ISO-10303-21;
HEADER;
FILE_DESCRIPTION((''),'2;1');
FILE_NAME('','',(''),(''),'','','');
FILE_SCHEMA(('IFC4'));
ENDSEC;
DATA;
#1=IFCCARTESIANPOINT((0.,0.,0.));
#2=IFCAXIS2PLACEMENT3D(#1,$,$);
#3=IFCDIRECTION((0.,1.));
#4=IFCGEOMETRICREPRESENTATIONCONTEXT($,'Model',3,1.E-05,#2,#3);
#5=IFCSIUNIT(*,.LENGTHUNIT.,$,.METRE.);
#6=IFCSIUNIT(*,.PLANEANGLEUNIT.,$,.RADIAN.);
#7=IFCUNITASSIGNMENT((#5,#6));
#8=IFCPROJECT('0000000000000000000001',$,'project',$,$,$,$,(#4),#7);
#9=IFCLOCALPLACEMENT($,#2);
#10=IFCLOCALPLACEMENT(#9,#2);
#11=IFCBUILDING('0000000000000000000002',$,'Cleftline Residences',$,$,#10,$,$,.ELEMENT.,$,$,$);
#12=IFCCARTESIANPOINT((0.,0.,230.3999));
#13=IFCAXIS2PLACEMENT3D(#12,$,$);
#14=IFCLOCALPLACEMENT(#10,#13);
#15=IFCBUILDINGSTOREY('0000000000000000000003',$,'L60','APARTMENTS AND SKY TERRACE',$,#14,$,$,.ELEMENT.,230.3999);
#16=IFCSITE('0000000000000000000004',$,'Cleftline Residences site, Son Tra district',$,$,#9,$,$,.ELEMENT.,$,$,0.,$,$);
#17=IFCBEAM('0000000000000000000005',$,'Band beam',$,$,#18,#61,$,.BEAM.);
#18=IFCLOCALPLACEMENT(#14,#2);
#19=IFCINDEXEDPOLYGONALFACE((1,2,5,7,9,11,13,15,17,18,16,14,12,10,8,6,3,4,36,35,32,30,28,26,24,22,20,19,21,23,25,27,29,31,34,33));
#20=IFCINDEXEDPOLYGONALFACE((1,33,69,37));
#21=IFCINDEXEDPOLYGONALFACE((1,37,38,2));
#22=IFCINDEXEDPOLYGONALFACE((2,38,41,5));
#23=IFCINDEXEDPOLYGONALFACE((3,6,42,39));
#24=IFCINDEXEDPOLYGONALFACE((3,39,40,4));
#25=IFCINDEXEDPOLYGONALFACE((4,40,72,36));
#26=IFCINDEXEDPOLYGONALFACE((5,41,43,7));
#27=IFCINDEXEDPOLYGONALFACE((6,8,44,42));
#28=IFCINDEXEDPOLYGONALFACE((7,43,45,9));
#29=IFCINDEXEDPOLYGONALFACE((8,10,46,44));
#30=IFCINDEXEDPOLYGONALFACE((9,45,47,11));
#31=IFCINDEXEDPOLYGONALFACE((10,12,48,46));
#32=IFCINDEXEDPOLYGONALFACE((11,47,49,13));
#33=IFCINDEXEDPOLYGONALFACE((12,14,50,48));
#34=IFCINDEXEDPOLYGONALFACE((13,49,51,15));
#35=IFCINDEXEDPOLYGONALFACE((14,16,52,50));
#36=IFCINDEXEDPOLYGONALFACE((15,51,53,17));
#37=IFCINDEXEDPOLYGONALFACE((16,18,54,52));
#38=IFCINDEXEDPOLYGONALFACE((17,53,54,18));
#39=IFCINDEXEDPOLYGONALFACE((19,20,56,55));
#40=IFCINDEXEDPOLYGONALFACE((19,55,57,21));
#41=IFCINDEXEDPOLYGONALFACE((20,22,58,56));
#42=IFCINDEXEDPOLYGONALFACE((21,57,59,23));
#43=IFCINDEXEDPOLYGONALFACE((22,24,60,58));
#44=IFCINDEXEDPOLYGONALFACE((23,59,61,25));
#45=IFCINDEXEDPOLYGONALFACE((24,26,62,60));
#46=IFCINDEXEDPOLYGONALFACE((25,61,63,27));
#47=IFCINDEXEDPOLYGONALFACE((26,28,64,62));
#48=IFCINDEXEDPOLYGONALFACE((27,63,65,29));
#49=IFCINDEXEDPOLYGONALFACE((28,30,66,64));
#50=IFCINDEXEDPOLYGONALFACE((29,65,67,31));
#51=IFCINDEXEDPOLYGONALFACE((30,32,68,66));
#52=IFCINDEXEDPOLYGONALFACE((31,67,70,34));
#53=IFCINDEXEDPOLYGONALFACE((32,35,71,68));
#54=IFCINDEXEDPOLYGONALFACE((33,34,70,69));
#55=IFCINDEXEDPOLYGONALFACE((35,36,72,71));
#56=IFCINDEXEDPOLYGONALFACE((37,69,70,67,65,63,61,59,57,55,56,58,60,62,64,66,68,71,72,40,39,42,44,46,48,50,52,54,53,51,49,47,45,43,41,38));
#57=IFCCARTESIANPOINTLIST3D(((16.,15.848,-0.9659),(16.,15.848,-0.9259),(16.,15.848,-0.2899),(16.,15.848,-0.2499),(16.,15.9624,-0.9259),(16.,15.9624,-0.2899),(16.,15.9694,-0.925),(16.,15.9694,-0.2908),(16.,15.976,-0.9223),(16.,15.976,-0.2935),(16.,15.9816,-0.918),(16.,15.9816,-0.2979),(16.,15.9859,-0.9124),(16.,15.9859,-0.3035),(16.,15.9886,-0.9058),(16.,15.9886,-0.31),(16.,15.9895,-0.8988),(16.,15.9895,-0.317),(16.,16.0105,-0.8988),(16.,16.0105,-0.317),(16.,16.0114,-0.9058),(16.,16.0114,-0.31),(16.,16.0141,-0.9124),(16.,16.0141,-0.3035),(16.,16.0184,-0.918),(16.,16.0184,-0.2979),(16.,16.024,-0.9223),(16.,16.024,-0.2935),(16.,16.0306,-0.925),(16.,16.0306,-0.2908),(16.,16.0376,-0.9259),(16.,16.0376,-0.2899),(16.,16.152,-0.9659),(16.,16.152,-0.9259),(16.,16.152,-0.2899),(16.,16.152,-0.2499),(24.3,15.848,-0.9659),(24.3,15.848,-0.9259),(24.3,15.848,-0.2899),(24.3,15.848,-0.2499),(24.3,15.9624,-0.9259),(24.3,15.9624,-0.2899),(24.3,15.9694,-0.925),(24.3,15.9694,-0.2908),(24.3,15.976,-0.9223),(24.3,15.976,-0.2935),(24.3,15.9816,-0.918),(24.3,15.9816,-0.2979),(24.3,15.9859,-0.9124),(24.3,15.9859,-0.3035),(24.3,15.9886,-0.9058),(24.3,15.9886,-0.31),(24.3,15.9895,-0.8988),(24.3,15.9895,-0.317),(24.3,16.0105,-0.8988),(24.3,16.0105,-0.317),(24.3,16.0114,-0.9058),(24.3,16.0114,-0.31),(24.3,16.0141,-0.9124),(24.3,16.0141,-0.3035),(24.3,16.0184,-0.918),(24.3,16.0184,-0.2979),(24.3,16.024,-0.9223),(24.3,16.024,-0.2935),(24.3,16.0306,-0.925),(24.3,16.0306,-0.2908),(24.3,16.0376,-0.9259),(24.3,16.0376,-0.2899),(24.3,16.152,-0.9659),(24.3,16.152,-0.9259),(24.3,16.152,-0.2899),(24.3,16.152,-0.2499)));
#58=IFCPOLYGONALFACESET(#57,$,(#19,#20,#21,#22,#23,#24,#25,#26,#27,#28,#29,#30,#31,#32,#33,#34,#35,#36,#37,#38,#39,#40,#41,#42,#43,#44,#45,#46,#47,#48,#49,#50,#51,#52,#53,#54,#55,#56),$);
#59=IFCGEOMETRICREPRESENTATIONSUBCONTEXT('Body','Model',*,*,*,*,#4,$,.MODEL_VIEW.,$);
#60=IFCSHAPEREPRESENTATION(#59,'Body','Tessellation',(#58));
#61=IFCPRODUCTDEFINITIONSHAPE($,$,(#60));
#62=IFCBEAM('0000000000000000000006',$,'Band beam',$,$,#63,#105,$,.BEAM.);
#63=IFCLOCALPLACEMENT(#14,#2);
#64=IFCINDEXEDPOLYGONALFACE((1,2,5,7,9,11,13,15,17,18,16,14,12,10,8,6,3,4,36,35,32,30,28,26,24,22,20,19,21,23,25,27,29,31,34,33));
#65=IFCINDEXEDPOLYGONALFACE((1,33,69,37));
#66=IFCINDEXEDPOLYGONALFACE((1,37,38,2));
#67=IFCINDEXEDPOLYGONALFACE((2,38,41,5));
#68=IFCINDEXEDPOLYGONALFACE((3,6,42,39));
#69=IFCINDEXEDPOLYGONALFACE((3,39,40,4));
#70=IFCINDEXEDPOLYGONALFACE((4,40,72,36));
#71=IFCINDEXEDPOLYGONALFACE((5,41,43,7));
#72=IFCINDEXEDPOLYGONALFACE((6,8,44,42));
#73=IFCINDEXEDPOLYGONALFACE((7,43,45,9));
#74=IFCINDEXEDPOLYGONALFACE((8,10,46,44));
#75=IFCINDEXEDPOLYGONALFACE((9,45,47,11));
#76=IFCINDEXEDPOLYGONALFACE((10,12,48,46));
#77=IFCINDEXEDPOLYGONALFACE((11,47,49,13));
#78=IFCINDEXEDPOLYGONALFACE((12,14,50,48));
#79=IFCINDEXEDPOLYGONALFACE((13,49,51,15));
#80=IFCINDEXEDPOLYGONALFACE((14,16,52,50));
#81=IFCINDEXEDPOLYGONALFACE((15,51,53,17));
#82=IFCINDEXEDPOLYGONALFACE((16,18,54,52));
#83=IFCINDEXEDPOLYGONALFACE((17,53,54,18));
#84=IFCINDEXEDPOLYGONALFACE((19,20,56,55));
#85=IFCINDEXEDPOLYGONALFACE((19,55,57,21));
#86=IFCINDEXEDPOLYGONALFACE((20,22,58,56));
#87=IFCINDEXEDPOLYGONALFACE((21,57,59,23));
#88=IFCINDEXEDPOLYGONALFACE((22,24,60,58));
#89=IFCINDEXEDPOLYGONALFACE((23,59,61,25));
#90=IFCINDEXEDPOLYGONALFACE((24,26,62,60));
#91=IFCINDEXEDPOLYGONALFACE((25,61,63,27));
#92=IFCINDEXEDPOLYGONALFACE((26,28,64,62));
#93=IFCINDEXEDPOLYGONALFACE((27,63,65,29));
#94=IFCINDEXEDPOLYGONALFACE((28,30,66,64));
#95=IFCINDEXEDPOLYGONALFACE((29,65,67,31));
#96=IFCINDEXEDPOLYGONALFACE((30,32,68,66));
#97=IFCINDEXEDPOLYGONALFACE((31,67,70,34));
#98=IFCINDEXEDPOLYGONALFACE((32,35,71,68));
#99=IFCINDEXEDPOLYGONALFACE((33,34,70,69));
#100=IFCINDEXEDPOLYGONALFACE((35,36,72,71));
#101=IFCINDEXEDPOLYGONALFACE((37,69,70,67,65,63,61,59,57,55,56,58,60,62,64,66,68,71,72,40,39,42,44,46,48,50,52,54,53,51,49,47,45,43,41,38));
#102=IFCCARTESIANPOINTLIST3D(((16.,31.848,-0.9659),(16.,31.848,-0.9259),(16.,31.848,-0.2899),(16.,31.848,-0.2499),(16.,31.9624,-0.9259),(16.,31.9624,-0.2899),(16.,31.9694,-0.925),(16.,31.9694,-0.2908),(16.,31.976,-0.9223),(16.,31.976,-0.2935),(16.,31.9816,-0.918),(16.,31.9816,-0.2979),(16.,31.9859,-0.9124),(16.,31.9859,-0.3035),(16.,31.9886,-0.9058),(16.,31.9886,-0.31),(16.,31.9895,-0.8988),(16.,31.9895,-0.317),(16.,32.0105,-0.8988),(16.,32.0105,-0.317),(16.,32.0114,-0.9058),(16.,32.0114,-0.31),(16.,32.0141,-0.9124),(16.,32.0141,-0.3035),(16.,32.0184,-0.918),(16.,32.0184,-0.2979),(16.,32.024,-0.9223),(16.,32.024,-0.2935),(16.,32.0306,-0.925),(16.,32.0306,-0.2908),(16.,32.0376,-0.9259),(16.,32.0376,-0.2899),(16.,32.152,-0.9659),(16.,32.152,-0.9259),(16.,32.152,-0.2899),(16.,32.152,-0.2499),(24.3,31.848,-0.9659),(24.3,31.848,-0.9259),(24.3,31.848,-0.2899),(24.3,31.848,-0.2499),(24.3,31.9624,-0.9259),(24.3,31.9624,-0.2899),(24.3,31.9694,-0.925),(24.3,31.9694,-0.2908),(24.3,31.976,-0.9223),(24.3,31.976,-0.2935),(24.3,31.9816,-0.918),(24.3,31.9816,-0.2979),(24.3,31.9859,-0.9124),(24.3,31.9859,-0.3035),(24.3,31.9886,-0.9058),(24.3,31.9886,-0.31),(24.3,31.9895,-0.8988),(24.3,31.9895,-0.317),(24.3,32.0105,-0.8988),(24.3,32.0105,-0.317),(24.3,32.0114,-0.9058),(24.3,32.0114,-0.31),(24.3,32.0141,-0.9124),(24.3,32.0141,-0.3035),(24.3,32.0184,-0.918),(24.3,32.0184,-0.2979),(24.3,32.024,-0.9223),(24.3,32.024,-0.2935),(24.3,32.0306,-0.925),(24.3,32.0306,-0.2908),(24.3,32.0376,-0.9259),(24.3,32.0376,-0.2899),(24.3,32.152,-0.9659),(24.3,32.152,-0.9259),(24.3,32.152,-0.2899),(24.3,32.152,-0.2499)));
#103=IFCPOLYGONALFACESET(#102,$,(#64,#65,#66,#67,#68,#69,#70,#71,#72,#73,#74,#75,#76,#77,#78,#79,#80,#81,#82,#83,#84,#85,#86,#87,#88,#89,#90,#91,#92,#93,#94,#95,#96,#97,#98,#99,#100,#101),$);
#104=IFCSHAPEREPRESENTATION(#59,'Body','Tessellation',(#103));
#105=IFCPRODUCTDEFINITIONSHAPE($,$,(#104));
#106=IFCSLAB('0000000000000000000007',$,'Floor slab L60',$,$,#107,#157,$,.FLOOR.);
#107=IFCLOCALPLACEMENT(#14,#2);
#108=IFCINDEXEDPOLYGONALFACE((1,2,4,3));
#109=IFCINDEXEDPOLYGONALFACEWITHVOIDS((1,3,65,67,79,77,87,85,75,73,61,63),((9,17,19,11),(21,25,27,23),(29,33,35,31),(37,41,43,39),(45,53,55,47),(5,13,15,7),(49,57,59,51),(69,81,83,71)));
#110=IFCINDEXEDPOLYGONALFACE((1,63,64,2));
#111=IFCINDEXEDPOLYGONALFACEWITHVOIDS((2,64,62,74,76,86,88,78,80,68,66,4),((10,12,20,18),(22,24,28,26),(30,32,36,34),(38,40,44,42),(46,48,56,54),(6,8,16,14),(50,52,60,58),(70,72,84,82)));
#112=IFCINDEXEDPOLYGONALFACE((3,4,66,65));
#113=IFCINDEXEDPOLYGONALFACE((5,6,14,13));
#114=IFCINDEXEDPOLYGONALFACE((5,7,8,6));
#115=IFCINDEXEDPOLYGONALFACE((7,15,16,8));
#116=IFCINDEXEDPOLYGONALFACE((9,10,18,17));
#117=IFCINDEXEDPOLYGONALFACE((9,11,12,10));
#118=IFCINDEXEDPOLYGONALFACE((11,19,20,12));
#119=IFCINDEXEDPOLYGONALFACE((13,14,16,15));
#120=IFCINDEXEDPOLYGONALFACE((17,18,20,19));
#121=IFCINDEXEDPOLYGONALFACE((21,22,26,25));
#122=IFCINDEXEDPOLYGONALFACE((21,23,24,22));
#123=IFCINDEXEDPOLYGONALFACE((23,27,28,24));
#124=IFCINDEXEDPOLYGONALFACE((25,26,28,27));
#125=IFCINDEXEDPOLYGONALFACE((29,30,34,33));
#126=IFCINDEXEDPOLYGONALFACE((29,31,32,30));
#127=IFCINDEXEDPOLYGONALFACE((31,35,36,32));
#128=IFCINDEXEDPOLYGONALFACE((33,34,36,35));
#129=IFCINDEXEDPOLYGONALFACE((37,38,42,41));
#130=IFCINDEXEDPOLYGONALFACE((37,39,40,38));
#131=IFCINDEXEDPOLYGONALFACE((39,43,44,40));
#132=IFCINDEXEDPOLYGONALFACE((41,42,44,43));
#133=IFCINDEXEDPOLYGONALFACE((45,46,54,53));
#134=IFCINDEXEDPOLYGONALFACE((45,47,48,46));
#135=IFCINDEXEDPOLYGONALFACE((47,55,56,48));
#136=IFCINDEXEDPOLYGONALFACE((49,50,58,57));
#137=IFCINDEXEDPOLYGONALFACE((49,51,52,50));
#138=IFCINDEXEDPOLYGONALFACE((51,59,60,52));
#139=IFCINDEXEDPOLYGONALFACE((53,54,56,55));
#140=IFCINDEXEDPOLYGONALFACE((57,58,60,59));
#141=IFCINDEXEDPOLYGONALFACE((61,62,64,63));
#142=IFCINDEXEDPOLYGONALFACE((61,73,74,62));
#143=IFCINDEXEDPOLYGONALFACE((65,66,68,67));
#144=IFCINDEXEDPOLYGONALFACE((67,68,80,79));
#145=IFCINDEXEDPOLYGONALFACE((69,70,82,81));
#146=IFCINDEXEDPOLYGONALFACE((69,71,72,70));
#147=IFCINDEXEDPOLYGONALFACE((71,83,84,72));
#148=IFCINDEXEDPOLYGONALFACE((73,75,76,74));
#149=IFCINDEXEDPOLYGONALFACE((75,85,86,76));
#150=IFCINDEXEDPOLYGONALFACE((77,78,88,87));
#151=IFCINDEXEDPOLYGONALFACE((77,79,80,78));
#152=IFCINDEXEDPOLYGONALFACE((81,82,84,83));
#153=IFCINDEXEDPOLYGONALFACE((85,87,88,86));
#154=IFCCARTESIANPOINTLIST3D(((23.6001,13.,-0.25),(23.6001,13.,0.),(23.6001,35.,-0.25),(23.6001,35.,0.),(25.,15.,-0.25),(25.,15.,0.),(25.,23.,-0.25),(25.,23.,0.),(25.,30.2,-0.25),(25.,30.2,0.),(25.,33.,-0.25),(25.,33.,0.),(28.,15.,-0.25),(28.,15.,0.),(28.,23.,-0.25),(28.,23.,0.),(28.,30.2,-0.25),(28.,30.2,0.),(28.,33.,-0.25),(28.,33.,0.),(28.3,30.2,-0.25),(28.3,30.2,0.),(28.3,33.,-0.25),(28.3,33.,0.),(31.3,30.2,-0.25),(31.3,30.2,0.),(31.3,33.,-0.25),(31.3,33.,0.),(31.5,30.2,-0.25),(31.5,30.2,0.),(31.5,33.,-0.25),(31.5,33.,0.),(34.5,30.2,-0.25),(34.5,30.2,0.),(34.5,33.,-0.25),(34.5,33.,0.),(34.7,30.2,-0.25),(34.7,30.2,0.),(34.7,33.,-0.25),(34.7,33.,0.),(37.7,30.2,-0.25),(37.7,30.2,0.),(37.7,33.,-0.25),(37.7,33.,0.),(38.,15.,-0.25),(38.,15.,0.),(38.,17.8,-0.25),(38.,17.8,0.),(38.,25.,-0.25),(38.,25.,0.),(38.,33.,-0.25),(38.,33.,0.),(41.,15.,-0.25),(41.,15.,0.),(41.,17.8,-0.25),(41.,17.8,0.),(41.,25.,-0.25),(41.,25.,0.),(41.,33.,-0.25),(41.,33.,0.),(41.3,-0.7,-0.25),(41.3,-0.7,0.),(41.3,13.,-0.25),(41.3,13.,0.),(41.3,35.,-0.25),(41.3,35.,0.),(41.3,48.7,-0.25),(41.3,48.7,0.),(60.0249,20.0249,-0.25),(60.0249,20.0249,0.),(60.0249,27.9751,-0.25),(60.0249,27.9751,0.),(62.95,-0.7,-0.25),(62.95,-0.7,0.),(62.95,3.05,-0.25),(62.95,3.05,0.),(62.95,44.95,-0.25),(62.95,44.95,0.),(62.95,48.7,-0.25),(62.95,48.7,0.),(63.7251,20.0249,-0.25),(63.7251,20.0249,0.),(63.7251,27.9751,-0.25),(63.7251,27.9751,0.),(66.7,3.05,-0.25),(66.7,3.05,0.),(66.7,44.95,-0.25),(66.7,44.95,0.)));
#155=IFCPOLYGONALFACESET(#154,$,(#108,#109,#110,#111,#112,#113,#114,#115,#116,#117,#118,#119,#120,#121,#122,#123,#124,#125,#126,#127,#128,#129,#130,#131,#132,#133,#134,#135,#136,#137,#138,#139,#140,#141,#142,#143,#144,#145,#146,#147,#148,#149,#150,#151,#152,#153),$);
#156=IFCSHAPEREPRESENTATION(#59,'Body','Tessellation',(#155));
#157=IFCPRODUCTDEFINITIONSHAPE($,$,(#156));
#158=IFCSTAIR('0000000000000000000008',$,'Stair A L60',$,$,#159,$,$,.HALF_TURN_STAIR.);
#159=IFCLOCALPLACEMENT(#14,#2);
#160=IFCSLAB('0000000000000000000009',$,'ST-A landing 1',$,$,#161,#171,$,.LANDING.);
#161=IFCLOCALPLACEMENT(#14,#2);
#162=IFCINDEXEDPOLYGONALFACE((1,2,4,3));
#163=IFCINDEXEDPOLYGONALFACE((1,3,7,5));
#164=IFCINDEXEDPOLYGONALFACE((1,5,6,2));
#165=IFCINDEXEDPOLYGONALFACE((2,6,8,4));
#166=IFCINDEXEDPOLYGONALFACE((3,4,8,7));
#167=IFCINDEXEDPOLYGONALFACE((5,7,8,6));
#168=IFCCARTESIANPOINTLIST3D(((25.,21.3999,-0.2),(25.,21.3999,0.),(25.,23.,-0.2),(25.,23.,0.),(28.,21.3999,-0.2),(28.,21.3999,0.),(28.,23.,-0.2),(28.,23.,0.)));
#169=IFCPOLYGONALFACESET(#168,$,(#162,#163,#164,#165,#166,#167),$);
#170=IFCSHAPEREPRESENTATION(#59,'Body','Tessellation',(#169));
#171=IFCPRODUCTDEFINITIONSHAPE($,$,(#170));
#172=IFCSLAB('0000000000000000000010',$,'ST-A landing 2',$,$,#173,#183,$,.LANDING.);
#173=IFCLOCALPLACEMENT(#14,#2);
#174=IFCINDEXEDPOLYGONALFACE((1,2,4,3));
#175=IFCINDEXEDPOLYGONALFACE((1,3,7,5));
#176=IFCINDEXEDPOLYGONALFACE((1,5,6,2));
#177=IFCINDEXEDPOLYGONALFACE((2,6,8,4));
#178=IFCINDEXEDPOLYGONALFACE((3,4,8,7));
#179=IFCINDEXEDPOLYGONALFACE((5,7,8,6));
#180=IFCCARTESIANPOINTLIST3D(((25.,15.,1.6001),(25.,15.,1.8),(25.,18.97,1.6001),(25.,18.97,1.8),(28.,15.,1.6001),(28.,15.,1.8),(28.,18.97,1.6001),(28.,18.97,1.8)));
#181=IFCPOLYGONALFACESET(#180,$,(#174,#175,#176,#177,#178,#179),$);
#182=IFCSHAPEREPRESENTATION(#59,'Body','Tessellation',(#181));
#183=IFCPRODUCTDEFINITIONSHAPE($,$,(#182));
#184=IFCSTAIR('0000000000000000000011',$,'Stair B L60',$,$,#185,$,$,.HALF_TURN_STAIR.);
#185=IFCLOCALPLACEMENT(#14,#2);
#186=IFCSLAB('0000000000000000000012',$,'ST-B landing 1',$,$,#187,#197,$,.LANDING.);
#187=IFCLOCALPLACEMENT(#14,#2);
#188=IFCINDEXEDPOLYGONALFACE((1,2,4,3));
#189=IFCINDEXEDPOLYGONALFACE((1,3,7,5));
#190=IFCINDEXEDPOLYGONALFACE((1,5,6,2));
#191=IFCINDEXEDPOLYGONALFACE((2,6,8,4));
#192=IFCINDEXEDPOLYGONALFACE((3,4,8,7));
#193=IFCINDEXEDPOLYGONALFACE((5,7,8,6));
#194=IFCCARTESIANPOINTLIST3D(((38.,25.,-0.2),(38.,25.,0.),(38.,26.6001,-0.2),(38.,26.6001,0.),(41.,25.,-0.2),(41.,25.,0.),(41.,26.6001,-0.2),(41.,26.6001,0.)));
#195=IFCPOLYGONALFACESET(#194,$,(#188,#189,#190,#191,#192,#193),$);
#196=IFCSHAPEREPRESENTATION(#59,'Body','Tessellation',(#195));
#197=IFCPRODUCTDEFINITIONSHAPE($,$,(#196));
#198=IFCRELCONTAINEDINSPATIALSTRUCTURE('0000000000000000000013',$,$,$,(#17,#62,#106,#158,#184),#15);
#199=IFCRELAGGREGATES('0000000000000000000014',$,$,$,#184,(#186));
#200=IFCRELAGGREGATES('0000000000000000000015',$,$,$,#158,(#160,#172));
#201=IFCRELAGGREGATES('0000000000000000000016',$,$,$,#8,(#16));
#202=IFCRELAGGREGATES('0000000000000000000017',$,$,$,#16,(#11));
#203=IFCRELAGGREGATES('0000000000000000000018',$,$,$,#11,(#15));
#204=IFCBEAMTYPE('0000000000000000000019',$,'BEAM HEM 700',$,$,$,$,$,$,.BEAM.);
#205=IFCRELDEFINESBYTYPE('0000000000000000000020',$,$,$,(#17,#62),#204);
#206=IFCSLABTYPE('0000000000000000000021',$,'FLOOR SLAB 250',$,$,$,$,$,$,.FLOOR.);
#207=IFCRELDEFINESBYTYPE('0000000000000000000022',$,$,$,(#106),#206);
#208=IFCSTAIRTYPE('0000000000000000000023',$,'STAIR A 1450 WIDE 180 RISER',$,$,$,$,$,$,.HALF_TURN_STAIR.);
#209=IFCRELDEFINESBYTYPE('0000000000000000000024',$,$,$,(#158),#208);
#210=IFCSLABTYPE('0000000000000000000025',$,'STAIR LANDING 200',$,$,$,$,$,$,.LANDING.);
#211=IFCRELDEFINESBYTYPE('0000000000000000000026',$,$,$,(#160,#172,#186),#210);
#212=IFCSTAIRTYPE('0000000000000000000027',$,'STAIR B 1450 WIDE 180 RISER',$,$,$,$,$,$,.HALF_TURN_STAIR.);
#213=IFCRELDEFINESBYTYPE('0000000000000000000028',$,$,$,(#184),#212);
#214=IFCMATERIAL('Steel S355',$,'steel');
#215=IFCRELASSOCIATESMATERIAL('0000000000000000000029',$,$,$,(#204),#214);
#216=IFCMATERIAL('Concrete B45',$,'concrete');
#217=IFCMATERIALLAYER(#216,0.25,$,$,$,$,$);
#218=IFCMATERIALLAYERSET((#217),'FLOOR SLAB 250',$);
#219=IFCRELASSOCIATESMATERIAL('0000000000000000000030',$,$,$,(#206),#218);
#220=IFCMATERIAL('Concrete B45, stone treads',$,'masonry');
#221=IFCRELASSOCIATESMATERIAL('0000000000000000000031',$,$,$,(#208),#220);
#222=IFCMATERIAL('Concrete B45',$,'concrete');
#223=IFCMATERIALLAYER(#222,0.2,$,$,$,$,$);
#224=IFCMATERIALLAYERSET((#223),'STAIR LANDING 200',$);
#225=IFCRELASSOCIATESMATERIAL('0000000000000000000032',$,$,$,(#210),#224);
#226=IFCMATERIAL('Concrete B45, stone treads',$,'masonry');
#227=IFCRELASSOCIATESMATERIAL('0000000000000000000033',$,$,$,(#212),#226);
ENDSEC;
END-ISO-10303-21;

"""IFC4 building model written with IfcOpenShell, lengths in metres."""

from ifc_helpers import new_model, si_unit, direction, frame, origin, origin_2d, place, context, subcontext, project, spatial, polyline, i_section, outline, extrude, material, layer, layer_set, material_profile, profile_set, type_object, element, aggregate, save


model = new_model("IFC4")

# Units and contexts
model_context = context("Model", 3, precision=1e-05, world=origin(), true_north=direction((0.0, 1.0)))
body_context = subcontext(model_context, "Body", "Model", "MODEL_VIEW")
ifc_project = project(units=[si_unit("LENGTHUNIT", "METRE"), si_unit("PLANEANGLEUNIT", "RADIAN")], contexts=[model_context])

# Site, building, storey
site_placement = place(None, origin())
site = spatial("IfcSite", under=ifc_project, at=site_placement, Name="Cleftline Residences site, Son Tra district", CompositionType="ELEMENT", RefElevation=0.0)
building_placement = place(site_placement, origin())
building = spatial("IfcBuilding", under=site, at=building_placement, Name="Cleftline Residences", CompositionType="ELEMENT")
storey_placement = place(building_placement, frame((0.0, 0.0, 230.3999)))
storey = spatial("IfcBuildingStorey", under=building, at=storey_placement, Name="L60", Description="APARTMENTS AND SKY TERRACE", CompositionType="ELEMENT", Elevation=230.3999)

# Beams
ifc_material_1 = material(Name="Steel S355", Category="steel")
ifc_material_profile = material_profile(ifc_material_1, i_section(OverallWidth=0.304, OverallDepth=0.7161, WebThickness=0.021, FlangeThickness=0.04, FilletRadius=0.0271, at=origin_2d()))
ifc_profile_set = profile_set([ifc_material_profile], Name="Steel S355")
beam_type = type_object("IfcBeamType", Name="BEAM HEM 700", PredefinedType="BEAM", material=ifc_profile_set)
for number, where, z_axis, x_axis, name in (
    (1, (16.0, 16.0, -0.6079), (1.0, 0.0, 0.0), (0.0, 1.0, 0.0), "Band beam"),
    (2, (16.0, 32.0, -0.6079), (1.0, 0.0, 0.0), (0.0, 1.0, 0.0), "Band beam"),
):
    element("IfcBeam", number, at=place(storey_placement, frame(where, z_axis=z_axis, x_axis=x_axis)), inside=storey, type_object=beam_type, Name=name, PredefinedType="BEAM", context=body_context, shape_type="SweptSolid", body=[
        extrude(i_section(OverallWidth=0.304, OverallDepth=0.7161, WebThickness=0.021, FlangeThickness=0.04, FilletRadius=0.0271, at=origin_2d()), origin(), (0.0, 0.0, 1.0), 8.3),
    ])

# Slab
ifc_material_2 = material(Name="Concrete B45", Category="concrete")
ifc_layer_1 = layer(ifc_material_2, 0.25)
ifc_layer_set_1 = layer_set([ifc_layer_1], Name="FLOOR SLAB 250")
slab_type_1 = type_object("IfcSlabType", Name="FLOOR SLAB 250", PredefinedType="FLOOR", material=ifc_layer_set_1)
slab_1_placement = place(storey_placement, frame((0.0, 0.0, -0.25)))
element("IfcSlab", 3, at=slab_1_placement, inside=storey, type_object=slab_type_1, Name="Floor slab L60", PredefinedType="FLOOR", context=body_context, shape_type="SweptSolid", body=[
    extrude(outline(polyline([(41.3, 13.0), (41.3, -0.7), (62.95, -0.7), (62.95, 3.05), (66.7, 3.05), (66.7, 44.95), (62.95, 44.95), (62.95, 48.7), (41.3, 48.7), (41.3, 35.0), (23.6001, 35.0), (23.6001, 13.0), (41.3, 13.0)]), holes=[polyline([(28.0, 15.0), (28.0, 23.0), (25.0, 23.0), (25.0, 15.0), (28.0, 15.0)]), polyline([(41.0, 25.0), (41.0, 33.0), (38.0, 33.0), (38.0, 25.0), (41.0, 25.0)]), polyline([(28.0, 30.2), (28.0, 33.0), (25.0, 33.0), (25.0, 30.2), (28.0, 30.2)]), polyline([(41.0, 15.0), (41.0, 17.8), (38.0, 17.8), (38.0, 15.0), (41.0, 15.0)]), polyline([(31.3, 30.2), (31.3, 33.0), (28.3, 33.0), (28.3, 30.2), (31.3, 30.2)]), polyline([(34.5, 30.2), (34.5, 33.0), (31.5, 33.0), (31.5, 30.2), (34.5, 30.2)]), polyline([(37.7, 30.2), (37.7, 33.0), (34.7, 33.0), (34.7, 30.2), (37.7, 30.2)]), polyline([(63.7251, 20.0249), (63.7251, 27.9751), (60.0249, 27.9751), (60.0249, 20.0249), (63.7251, 20.0249)])]), origin(), (0.0, 0.0, 1.0), 0.25),
])

# Stairs, slabs
ifc_material_3 = material(Name="Concrete B45, stone treads", Category="masonry")
stair_type_1 = type_object("IfcStairType", Name="STAIR A 1450 WIDE 180 RISER", PredefinedType="HALF_TURN_STAIR", material=ifc_material_3)
stair_1_placement = place(storey_placement, origin())
stair_1 = element("IfcStair", 4, at=stair_1_placement, inside=storey, type_object=stair_type_1, Name="Stair A L60", PredefinedType="HALF_TURN_STAIR")
ifc_material_4 = material(Name="Concrete B45", Category="concrete")
ifc_layer_2 = layer(ifc_material_4, 0.2)
ifc_layer_set_2 = layer_set([ifc_layer_2], Name="STAIR LANDING 200")
slab_type_2 = type_object("IfcSlabType", Name="STAIR LANDING 200", PredefinedType="LANDING", material=ifc_layer_set_2)
slab_2_placement = place(storey_placement, frame((0.0, 0.0, -0.2)))
slab_2 = element("IfcSlab", 5, at=slab_2_placement, type_object=slab_type_2, Name="ST-A landing 1", PredefinedType="LANDING", context=body_context, shape_type="SweptSolid", body=[
    extrude(outline(polyline([(25.0, 21.3999), (28.0, 21.3999), (28.0, 23.0), (25.0, 23.0), (25.0, 21.3999)])), origin(), (0.0, 0.0, 1.0), 0.2),
])
slab_3_placement = place(storey_placement, frame((0.0, 0.0, 1.6001)))
slab_3 = element("IfcSlab", 6, at=slab_3_placement, type_object=slab_type_2, Name="ST-A landing 2", PredefinedType="LANDING", context=body_context, shape_type="SweptSolid", body=[
    extrude(outline(polyline([(25.0, 15.0), (28.0, 15.0), (28.0, 18.97), (25.0, 18.97), (25.0, 15.0)])), origin(), (0.0, 0.0, 1.0), 0.2),
])
ifc_material_5 = material(Name="Concrete B45, stone treads", Category="masonry")
stair_type_2 = type_object("IfcStairType", Name="STAIR B 1450 WIDE 180 RISER", PredefinedType="HALF_TURN_STAIR", material=ifc_material_5)
stair_2_placement = place(storey_placement, origin())
stair_2 = element("IfcStair", 7, at=stair_2_placement, inside=storey, type_object=stair_type_2, Name="Stair B L60", PredefinedType="HALF_TURN_STAIR")
slab_4_placement = place(storey_placement, frame((0.0, 0.0, -0.2)))
slab_4 = element("IfcSlab", 8, at=slab_4_placement, type_object=slab_type_2, Name="ST-B landing 1", PredefinedType="LANDING", context=body_context, shape_type="SweptSolid", body=[
    extrude(outline(polyline([(38.0, 25.0), (41.0, 25.0), (41.0, 26.6001), (38.0, 26.6001), (38.0, 25.0)])), origin(), (0.0, 0.0, 1.0), 0.2),
])
aggregate(stair_2, [slab_4])

aggregate(stair_1, [slab_2, slab_3])

save(model, "model.ifc")
